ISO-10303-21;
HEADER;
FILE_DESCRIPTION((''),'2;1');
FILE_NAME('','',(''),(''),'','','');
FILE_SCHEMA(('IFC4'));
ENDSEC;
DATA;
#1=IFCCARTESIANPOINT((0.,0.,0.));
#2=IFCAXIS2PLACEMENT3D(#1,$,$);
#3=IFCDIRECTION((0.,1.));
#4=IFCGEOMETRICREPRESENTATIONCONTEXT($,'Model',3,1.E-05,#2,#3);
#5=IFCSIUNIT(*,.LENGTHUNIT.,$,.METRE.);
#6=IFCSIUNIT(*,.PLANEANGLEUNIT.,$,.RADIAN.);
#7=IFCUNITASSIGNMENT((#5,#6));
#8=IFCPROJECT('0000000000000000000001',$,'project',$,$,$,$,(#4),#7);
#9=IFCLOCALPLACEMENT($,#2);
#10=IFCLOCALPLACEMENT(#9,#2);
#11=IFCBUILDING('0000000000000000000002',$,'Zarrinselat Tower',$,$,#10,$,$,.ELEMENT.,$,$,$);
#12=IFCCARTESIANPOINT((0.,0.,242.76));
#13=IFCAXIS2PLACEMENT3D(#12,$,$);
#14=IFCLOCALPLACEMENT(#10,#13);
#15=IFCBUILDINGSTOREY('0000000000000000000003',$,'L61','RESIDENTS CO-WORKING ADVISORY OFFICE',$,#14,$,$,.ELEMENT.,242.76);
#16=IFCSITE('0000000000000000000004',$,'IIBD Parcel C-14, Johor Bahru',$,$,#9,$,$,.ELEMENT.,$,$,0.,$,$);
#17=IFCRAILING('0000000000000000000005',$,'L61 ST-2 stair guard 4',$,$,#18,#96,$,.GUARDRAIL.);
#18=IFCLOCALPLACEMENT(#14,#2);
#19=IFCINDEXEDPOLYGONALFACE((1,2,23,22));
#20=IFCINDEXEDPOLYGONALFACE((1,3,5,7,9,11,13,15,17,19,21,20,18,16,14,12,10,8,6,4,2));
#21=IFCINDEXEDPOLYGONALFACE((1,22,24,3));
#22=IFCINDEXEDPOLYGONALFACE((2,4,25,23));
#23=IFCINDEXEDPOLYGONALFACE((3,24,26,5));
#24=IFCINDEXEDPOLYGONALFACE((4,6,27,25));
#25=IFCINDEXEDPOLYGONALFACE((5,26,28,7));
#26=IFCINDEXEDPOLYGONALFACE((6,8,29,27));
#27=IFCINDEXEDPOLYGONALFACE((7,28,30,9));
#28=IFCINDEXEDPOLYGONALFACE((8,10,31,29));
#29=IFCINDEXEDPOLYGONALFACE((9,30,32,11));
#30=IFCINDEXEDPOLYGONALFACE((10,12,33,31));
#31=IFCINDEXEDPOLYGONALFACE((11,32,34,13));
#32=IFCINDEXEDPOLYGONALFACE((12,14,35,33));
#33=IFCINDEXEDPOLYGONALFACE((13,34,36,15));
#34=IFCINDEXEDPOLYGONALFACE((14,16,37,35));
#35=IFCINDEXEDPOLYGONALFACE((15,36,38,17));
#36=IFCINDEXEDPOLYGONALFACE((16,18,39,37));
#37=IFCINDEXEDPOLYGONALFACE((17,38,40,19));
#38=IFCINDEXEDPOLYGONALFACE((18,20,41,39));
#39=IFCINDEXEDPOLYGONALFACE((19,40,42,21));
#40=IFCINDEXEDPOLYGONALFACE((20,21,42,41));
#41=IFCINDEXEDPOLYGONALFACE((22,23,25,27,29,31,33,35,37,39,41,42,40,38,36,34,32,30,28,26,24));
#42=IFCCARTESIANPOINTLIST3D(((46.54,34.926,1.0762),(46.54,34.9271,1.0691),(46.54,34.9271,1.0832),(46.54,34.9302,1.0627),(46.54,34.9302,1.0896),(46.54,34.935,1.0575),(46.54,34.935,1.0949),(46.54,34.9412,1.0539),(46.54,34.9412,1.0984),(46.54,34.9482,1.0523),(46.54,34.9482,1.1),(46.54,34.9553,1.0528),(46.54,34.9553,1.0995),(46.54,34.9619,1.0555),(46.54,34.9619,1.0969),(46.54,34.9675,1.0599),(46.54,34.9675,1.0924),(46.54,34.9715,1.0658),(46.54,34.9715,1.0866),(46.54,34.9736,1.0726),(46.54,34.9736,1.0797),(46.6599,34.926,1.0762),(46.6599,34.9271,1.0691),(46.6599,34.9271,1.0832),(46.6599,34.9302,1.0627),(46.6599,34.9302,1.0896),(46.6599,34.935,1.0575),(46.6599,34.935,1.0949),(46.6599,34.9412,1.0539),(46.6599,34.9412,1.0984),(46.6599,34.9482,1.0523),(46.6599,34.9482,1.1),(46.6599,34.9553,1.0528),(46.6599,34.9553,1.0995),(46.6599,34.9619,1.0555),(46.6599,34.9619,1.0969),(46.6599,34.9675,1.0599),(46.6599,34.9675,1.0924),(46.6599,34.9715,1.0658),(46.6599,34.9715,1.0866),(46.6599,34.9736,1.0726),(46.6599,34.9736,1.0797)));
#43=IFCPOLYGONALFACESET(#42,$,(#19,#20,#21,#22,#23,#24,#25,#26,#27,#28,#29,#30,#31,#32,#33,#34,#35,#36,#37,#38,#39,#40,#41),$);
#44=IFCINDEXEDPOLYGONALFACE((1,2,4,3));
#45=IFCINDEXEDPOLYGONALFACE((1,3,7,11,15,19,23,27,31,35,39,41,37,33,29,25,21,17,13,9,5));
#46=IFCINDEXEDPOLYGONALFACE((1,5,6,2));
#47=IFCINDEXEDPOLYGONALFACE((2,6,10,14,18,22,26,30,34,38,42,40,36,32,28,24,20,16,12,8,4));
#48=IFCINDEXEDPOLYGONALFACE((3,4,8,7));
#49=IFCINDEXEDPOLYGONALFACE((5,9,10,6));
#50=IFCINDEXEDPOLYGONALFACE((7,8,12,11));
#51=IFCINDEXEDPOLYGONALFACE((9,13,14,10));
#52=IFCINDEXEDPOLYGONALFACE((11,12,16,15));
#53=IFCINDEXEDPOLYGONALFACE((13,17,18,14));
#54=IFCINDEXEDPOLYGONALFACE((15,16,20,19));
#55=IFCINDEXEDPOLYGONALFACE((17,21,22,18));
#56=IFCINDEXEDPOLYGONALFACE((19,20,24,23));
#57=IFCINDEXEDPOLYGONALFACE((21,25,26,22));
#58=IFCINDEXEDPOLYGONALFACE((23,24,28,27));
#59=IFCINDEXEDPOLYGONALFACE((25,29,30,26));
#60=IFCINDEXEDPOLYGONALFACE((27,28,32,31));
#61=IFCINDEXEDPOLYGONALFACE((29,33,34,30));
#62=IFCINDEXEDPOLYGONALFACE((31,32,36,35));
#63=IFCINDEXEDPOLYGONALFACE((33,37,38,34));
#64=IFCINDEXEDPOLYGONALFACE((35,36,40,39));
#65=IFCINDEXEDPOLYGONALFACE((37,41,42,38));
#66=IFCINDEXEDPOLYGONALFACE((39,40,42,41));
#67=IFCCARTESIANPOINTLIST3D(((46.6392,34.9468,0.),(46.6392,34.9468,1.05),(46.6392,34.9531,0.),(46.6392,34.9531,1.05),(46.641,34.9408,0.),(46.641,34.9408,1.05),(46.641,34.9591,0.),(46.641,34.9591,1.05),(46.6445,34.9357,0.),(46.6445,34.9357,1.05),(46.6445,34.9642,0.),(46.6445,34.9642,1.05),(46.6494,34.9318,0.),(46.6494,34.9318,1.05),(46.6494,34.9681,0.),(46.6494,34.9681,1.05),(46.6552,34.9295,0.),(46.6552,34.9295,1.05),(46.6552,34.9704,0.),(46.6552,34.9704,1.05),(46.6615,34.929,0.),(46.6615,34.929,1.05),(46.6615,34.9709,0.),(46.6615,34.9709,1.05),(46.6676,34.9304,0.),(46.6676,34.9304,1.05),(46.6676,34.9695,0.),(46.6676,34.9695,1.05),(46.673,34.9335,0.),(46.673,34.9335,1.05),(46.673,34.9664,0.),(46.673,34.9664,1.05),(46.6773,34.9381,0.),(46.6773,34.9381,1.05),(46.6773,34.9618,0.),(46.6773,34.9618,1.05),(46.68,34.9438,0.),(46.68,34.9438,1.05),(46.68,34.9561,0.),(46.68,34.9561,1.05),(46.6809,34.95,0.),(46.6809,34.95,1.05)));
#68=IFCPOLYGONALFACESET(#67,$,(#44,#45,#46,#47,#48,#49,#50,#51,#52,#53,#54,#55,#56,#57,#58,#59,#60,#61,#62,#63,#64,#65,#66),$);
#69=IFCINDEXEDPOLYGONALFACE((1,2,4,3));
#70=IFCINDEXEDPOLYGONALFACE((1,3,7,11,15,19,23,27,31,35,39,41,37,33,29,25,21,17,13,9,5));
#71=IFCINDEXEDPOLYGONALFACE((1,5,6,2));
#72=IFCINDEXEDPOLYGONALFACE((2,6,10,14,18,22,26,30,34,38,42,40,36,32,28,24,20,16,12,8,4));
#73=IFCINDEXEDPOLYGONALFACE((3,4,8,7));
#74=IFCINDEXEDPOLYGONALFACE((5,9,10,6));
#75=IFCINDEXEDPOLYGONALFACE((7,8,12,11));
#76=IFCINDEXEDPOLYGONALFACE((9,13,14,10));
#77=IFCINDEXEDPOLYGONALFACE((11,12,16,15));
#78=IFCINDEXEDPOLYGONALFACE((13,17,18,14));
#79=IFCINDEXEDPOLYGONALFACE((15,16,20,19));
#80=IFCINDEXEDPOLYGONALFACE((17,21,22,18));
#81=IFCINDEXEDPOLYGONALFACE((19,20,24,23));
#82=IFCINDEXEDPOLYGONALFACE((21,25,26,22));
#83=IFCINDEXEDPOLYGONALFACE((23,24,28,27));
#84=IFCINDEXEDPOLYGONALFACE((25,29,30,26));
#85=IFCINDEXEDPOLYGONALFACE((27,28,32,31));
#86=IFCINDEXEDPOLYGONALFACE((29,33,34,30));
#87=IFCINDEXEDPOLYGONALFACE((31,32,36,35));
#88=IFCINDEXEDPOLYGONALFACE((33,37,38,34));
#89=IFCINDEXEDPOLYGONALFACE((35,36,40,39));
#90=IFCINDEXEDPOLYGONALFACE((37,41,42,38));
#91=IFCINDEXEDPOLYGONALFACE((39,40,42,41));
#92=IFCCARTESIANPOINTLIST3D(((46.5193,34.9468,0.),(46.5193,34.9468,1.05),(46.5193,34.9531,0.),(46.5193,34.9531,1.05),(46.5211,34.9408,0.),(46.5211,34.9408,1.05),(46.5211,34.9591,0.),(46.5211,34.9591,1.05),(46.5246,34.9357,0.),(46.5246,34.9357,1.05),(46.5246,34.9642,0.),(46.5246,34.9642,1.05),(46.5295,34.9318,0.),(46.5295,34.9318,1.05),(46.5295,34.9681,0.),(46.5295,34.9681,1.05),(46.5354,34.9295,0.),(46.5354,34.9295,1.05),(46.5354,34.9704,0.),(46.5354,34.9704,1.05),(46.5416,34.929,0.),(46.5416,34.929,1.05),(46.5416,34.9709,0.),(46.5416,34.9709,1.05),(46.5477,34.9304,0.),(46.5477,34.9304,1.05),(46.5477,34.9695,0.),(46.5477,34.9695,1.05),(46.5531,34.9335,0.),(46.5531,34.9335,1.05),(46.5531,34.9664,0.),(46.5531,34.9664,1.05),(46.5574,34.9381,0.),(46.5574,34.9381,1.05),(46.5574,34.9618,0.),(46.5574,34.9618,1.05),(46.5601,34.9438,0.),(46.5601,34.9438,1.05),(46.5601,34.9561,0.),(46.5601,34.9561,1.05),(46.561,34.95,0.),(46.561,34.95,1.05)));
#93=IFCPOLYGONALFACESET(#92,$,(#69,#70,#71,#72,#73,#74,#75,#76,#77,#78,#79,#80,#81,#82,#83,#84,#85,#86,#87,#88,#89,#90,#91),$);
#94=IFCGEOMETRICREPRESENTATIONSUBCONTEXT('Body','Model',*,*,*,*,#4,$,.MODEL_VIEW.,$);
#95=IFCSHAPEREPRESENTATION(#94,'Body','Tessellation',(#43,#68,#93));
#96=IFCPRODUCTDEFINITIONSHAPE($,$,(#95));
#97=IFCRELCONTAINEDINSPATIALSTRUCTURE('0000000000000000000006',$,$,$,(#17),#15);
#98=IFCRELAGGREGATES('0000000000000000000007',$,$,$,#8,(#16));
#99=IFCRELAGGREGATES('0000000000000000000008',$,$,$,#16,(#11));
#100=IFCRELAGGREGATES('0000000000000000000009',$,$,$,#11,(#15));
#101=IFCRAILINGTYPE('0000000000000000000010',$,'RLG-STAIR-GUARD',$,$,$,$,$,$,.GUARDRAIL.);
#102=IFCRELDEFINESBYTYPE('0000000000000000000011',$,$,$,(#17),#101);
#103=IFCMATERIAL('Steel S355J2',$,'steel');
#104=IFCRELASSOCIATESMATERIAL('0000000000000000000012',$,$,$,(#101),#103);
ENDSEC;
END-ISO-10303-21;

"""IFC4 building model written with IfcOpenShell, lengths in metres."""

from ifc_helpers import new_model, si_unit, direction, frame, origin, origin_2d, place, context, subcontext, project, spatial, circle, extrude, material, type_object, element, save


model = new_model("IFC4")

# Units and contexts
model_context = context("Model", 3, precision=1e-05, world=origin(), true_north=direction((0.0, 1.0)))
body_context = subcontext(model_context, "Body", "Model", "MODEL_VIEW")
ifc_project = project(units=[si_unit("LENGTHUNIT", "METRE"), si_unit("PLANEANGLEUNIT", "RADIAN")], contexts=[model_context])

# Site, building, storey
site_placement = place(None, origin())
site = spatial("IfcSite", under=ifc_project, at=site_placement, Name="IIBD Parcel C-14, Johor Bahru", CompositionType="ELEMENT", RefElevation=0.0)
building_placement = place(site_placement, origin())
building = spatial("IfcBuilding", under=site, at=building_placement, Name="Zarrinselat Tower", CompositionType="ELEMENT")
storey_placement = place(building_placement, frame((0.0, 0.0, 242.76)))
storey = spatial("IfcBuildingStorey", under=building, at=storey_placement, Name="L61", Description="RESIDENTS CO-WORKING ADVISORY OFFICE", CompositionType="ELEMENT", Elevation=242.76)

# Railing
ifc_material_1 = material(Name="Steel S355J2", Category="steel")
railing_type_1 = type_object("IfcRailingType", Name="RLG-STAIR-GUARD", PredefinedType="GUARDRAIL", material=ifc_material_1)
railing_1_placement = place(storey_placement, frame((46.6599, 34.95, 0.0)))
element("IfcRailing", 1, at=railing_1_placement, inside=storey, type_object=railing_type_1, Name="L61 ST-2 stair guard 4", PredefinedType="GUARDRAIL", context=body_context, shape_type="SweptSolid", body=[
    extrude(circle(Radius=0.0239, at=origin_2d()), frame((0.0, 0.0, 1.0762), z_axis=(-1.0, 0.0, 0.0), x_axis=(0.0, -1.0, 0.0)), (0.0, 0.0, 1.0), 0.1199),
    extrude(circle(Radius=0.021, at=origin_2d()), origin(), (0.0, 0.0, 1.0), 1.05),
    extrude(circle(Radius=0.021, at=origin_2d()), frame((-0.1199, 0.0, 0.0)), (0.0, 0.0, 1.0), 1.05),
])

save(model, "model.ifc")
